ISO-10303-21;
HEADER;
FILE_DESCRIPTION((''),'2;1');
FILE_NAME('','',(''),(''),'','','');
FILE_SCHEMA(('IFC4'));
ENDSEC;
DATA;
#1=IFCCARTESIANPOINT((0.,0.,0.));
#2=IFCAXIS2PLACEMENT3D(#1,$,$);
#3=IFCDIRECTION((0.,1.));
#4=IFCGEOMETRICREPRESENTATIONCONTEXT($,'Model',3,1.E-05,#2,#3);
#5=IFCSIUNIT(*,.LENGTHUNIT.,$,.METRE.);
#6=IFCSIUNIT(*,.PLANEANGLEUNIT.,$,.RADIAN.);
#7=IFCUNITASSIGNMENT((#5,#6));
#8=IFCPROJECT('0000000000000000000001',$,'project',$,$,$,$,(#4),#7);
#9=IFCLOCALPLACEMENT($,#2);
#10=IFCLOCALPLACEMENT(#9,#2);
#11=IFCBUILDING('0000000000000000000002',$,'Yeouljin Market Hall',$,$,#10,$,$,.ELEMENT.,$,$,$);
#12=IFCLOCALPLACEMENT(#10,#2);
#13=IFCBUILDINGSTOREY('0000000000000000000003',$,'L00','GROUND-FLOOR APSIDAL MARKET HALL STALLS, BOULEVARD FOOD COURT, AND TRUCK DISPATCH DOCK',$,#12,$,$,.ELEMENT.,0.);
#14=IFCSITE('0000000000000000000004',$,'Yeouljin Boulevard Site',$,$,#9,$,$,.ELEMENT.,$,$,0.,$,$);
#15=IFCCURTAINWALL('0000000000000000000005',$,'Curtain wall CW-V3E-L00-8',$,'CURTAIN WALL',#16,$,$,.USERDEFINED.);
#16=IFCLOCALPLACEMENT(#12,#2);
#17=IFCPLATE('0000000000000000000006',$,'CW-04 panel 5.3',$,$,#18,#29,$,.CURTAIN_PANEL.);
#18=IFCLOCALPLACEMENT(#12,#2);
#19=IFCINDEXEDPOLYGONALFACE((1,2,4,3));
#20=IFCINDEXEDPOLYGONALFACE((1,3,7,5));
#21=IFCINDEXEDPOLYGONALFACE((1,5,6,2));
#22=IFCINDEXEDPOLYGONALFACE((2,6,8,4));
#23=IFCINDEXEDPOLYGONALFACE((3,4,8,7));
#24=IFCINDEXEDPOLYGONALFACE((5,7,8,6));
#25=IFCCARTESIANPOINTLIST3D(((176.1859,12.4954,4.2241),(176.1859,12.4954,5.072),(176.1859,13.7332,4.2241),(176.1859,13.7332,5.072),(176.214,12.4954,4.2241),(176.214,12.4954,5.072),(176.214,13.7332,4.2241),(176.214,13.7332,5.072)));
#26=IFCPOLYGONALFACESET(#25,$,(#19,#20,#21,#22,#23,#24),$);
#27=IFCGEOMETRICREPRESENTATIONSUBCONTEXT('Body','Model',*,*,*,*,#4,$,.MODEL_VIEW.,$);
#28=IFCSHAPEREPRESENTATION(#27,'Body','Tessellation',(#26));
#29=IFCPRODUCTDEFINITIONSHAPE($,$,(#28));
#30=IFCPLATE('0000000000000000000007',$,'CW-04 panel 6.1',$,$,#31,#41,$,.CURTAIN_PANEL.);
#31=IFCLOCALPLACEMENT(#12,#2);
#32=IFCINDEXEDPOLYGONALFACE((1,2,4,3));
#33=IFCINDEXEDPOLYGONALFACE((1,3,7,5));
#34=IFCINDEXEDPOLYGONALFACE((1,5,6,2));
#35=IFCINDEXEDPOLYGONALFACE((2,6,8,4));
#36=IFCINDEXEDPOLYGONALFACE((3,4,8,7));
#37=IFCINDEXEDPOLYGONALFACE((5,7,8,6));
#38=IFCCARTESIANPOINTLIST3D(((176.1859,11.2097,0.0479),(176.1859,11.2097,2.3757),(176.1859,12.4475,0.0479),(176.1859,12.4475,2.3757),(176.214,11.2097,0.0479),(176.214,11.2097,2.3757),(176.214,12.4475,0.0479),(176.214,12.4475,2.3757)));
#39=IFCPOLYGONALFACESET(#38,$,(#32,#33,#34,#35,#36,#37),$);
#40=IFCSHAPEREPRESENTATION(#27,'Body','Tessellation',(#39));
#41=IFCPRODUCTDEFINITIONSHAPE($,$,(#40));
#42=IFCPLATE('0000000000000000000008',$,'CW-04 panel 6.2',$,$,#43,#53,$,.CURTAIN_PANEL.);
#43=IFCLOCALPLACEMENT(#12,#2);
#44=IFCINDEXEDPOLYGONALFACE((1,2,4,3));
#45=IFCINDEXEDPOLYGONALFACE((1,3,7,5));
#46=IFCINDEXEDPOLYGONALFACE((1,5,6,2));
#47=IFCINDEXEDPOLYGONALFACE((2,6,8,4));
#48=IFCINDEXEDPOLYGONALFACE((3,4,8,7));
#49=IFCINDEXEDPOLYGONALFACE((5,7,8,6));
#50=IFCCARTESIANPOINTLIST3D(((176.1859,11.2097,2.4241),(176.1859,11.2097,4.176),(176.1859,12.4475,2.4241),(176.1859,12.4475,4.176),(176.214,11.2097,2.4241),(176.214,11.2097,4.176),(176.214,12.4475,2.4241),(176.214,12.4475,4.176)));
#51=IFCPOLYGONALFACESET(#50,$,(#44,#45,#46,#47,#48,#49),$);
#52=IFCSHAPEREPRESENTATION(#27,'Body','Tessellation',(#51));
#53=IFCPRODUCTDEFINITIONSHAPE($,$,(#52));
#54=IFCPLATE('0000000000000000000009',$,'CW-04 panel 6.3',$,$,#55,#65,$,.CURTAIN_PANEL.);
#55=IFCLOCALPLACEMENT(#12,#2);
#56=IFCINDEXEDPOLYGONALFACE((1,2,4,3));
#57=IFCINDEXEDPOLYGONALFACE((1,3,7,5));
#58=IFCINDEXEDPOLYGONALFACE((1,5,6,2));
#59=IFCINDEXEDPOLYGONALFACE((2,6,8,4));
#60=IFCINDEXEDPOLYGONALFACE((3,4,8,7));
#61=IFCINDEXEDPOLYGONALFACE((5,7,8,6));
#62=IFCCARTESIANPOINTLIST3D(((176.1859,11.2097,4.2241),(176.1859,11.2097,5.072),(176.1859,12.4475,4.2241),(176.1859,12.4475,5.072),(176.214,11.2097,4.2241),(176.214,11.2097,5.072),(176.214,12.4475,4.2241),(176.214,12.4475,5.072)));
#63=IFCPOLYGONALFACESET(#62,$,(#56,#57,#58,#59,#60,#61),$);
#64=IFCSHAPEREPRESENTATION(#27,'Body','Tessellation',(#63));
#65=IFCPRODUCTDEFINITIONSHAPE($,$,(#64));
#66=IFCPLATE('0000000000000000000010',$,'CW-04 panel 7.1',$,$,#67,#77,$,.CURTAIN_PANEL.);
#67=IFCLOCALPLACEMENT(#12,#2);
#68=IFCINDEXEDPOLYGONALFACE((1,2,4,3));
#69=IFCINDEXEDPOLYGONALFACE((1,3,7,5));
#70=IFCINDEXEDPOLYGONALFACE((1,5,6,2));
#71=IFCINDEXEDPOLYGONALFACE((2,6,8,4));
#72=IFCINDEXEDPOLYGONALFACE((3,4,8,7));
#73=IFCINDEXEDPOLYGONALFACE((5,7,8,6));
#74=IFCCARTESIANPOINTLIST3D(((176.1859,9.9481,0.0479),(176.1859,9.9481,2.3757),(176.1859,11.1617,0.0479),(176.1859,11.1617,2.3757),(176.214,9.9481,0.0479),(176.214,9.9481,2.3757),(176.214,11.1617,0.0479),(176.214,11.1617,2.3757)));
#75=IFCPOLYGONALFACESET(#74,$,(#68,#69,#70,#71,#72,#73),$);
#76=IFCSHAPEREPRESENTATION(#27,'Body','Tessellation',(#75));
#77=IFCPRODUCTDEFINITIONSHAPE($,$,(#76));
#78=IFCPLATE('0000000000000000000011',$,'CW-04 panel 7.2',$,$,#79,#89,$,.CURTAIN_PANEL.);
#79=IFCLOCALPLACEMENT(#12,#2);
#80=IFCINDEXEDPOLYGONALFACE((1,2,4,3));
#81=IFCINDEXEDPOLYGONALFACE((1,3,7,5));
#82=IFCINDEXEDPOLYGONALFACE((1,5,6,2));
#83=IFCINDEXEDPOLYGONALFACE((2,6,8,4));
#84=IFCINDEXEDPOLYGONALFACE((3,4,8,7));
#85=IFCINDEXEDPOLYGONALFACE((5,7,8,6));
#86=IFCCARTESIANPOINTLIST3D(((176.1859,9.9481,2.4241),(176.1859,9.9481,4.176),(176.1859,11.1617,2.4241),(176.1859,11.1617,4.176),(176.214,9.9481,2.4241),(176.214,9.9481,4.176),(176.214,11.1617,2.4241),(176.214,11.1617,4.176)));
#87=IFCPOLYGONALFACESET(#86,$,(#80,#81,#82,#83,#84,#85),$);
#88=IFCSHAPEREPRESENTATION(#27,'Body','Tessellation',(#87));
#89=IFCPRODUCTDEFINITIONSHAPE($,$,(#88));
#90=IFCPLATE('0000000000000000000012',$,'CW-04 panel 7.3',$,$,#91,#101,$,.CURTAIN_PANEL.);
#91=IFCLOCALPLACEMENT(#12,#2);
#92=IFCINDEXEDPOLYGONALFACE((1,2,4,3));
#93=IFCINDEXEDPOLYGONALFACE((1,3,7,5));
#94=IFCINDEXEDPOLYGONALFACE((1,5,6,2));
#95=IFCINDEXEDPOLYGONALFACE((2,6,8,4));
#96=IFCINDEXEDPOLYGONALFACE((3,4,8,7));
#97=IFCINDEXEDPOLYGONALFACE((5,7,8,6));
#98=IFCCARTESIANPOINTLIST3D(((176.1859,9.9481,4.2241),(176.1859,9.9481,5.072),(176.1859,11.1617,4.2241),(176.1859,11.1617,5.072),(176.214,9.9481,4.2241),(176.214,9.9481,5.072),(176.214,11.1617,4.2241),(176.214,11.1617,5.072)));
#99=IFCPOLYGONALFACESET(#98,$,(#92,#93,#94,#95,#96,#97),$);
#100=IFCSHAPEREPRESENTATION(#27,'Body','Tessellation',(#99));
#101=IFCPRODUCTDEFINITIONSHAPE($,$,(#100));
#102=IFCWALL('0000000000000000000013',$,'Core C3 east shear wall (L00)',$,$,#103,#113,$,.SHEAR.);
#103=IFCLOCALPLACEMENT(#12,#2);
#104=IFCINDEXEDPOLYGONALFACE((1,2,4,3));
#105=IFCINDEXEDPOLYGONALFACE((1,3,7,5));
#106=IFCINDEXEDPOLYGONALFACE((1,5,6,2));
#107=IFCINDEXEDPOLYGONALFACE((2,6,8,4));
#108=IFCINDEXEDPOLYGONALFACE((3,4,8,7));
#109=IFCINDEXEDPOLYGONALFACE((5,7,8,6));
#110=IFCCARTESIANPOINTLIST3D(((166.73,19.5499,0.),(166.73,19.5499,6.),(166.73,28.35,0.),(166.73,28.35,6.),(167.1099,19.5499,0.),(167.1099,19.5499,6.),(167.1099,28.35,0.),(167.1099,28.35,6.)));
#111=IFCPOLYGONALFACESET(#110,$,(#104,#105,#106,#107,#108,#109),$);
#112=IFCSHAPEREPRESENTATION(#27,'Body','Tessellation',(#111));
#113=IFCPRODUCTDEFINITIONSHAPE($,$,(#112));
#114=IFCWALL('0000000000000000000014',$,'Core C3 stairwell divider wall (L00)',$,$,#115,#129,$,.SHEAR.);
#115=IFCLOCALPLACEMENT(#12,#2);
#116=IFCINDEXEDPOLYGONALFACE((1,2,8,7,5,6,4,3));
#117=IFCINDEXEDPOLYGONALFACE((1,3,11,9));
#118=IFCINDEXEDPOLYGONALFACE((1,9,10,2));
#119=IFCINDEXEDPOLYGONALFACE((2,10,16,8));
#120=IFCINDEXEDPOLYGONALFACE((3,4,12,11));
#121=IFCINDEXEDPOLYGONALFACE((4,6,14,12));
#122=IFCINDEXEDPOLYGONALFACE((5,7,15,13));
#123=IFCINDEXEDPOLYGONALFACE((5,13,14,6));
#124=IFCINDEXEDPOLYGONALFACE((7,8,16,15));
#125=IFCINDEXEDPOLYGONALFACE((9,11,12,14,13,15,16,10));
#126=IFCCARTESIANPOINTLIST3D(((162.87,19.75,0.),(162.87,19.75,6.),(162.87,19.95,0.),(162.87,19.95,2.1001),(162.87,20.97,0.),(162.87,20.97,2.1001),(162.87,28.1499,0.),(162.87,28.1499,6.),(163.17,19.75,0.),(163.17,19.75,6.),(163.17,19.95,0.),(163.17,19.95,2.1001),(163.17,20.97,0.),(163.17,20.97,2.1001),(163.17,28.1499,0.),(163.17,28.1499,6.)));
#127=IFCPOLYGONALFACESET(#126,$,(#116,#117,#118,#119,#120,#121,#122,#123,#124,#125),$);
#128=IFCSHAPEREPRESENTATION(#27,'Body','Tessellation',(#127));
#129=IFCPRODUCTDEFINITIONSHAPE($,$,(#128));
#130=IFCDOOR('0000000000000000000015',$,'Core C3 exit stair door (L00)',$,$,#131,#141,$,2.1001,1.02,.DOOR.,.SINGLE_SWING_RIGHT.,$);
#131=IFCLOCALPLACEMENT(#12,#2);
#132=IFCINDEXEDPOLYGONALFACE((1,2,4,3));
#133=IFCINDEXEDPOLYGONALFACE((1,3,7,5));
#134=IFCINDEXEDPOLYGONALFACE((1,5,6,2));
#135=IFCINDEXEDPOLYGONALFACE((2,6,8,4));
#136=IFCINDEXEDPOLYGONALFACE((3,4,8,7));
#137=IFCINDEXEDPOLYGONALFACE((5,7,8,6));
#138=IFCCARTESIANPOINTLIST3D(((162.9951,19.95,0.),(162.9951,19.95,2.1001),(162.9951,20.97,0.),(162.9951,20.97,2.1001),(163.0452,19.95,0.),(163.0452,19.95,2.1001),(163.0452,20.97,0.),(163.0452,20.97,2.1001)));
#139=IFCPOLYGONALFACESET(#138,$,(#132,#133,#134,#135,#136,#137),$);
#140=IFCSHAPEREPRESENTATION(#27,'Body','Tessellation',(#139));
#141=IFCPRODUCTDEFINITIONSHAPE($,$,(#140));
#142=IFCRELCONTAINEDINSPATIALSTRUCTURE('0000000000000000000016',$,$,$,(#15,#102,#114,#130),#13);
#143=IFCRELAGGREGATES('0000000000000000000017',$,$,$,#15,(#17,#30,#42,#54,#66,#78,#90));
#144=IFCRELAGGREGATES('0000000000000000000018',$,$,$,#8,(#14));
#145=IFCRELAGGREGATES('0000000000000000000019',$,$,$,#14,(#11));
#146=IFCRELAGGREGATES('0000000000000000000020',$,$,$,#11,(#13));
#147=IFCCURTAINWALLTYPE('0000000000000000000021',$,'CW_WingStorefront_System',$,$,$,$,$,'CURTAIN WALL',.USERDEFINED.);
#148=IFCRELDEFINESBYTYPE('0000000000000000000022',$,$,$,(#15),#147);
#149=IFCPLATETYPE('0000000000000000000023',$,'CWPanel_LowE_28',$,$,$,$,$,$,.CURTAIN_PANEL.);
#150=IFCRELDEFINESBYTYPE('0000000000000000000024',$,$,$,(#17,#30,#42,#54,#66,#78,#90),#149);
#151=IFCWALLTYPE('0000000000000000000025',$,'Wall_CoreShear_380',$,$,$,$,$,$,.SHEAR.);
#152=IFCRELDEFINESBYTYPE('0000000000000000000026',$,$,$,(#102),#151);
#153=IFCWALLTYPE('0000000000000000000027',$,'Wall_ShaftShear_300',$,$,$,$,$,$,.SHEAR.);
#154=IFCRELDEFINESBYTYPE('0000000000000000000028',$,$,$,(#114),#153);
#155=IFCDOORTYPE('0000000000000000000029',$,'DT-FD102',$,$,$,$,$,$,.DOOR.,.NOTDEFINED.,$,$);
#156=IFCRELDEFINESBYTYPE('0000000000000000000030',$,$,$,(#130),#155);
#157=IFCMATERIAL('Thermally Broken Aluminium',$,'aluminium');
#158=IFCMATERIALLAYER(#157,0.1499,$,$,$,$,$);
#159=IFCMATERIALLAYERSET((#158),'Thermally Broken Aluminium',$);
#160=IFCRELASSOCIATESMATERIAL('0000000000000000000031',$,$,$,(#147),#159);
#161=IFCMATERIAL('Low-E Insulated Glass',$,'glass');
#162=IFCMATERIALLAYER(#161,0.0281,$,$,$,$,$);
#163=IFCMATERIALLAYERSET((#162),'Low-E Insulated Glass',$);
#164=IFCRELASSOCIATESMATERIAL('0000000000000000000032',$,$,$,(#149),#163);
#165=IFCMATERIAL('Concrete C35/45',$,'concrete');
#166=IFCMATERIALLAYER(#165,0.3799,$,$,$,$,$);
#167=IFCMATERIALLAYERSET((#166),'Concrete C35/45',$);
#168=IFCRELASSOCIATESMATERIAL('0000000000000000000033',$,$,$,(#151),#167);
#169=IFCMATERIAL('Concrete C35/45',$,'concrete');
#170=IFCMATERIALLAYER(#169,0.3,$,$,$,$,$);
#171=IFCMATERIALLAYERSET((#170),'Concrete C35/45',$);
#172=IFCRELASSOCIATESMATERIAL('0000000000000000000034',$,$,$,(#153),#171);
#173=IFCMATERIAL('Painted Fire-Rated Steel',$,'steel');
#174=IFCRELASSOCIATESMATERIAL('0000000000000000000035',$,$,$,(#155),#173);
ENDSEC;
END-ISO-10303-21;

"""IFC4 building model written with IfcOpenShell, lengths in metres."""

from ifc_helpers import new_model, si_unit, direction, frame, frame_2d, origin, origin_2d, place, context, subcontext, project, spatial, rectangle, extrude, material, layer, layer_set, type_object, element, fill, aggregate, save


model = new_model("IFC4")

# Units and contexts
model_context = context("Model", 3, precision=1e-05, world=origin(), true_north=direction((0.0, 1.0)))
body_context = subcontext(model_context, "Body", "Model", "MODEL_VIEW")
ifc_project = project(units=[si_unit("LENGTHUNIT", "METRE"), si_unit("PLANEANGLEUNIT", "RADIAN")], contexts=[model_context])

# Site, building, storey
site_placement = place(None, origin())
site = spatial("IfcSite", under=ifc_project, at=site_placement, Name="Yeouljin Boulevard Site", CompositionType="ELEMENT", RefElevation=0.0)
building_placement = place(site_placement, origin())
building = spatial("IfcBuilding", under=site, at=building_placement, Name="Yeouljin Market Hall", CompositionType="ELEMENT")
storey_placement = place(building_placement, origin())
storey = spatial("IfcBuildingStorey", under=building, at=storey_placement, Name="L00", Description="GROUND-FLOOR APSIDAL MARKET HALL STALLS, BOULEVARD FOOD COURT, AND TRUCK DISPATCH DOCK", CompositionType="ELEMENT", Elevation=0.0)

# Curtain wall, plates
ifc_material_1 = material(Name="Thermally Broken Aluminium", Category="aluminium")
ifc_layer_1 = layer(ifc_material_1, 0.1499)
ifc_layer_set_1 = layer_set([ifc_layer_1], Name="Thermally Broken Aluminium")
curtain_wall_type = type_object("IfcCurtainWallType", Name="CW_WingStorefront_System", ElementType="CURTAIN WALL", PredefinedType="USERDEFINED", material=ifc_layer_set_1)
curtain_wall_placement = place(storey_placement, origin())
curtain_wall = element("IfcCurtainWall", 1, at=curtain_wall_placement, inside=storey, type_object=curtain_wall_type, Name="Curtain wall CW-V3E-L00-8", ObjectType="CURTAIN WALL", PredefinedType="USERDEFINED")
ifc_material_2 = material(Name="Low-E Insulated Glass", Category="glass")
ifc_layer_2 = layer(ifc_material_2, 0.0281)
ifc_layer_set_2 = layer_set([ifc_layer_2], Name="Low-E Insulated Glass")
plate_type = type_object("IfcPlateType", Name="CWPanel_LowE_28", PredefinedType="CURTAIN_PANEL", material=ifc_layer_set_2)
plate_1_placement = place(storey_placement, frame((176.2, 13.1143, 4.2241), z_axis=(0.0, 0.0, 1.0), x_axis=(0.0, -1.0, 0.0)))
plate_1 = element("IfcPlate", 2, at=plate_1_placement, type_object=plate_type, Name="CW-04 panel 5.3", PredefinedType="CURTAIN_PANEL", context=body_context, shape_type="SweptSolid", body=[
    extrude(rectangle(XDim=1.2378, YDim=0.0281, at=origin_2d()), origin(), (0.0, 0.0, 1.0), 0.8479),
])
plate_2_placement = place(storey_placement, frame((176.2, 11.8286, 0.0479), z_axis=(0.0, 0.0, 1.0), x_axis=(0.0, -1.0, 0.0)))
plate_2 = element("IfcPlate", 3, at=plate_2_placement, type_object=plate_type, Name="CW-04 panel 6.1", PredefinedType="CURTAIN_PANEL", context=body_context, shape_type="SweptSolid", body=[
    extrude(rectangle(XDim=1.2378, YDim=0.0281, at=origin_2d()), origin(), (0.0, 0.0, 1.0), 2.3279),
])
plate_3_placement = place(storey_placement, frame((176.2, 11.8286, 2.4241), z_axis=(0.0, 0.0, 1.0), x_axis=(0.0, -1.0, 0.0)))
plate_3 = element("IfcPlate", 4, at=plate_3_placement, type_object=plate_type, Name="CW-04 panel 6.2", PredefinedType="CURTAIN_PANEL", context=body_context, shape_type="SweptSolid", body=[
    extrude(rectangle(XDim=1.2378, YDim=0.0281, at=origin_2d()), origin(), (0.0, 0.0, 1.0), 1.752),
])
plate_4_placement = place(storey_placement, frame((176.2, 11.8286, 4.2241), z_axis=(0.0, 0.0, 1.0), x_axis=(0.0, -1.0, 0.0)))
plate_4 = element("IfcPlate", 5, at=plate_4_placement, type_object=plate_type, Name="CW-04 panel 6.3", PredefinedType="CURTAIN_PANEL", context=body_context, shape_type="SweptSolid", body=[
    extrude(rectangle(XDim=1.2378, YDim=0.0281, at=origin_2d()), origin(), (0.0, 0.0, 1.0), 0.8479),
])
plate_5_placement = place(storey_placement, frame((176.2, 10.5549, 0.0479), z_axis=(0.0, 0.0, 1.0), x_axis=(0.0, -1.0, 0.0)))
plate_5 = element("IfcPlate", 6, at=plate_5_placement, type_object=plate_type, Name="CW-04 panel 7.1", PredefinedType="CURTAIN_PANEL", context=body_context, shape_type="SweptSolid", body=[
    extrude(rectangle(XDim=1.2136, YDim=0.0281, at=origin_2d()), origin(), (0.0, 0.0, 1.0), 2.3279),
])
plate_6_placement = place(storey_placement, frame((176.2, 10.5549, 2.4241), z_axis=(0.0, 0.0, 1.0), x_axis=(0.0, -1.0, 0.0)))
plate_6 = element("IfcPlate", 7, at=plate_6_placement, type_object=plate_type, Name="CW-04 panel 7.2", PredefinedType="CURTAIN_PANEL", context=body_context, shape_type="SweptSolid", body=[
    extrude(rectangle(XDim=1.2136, YDim=0.0281, at=origin_2d()), origin(), (0.0, 0.0, 1.0), 1.752),
])
plate_7_placement = place(storey_placement, frame((176.2, 10.5549, 4.2241), z_axis=(0.0, 0.0, 1.0), x_axis=(0.0, -1.0, 0.0)))
plate_7 = element("IfcPlate", 8, at=plate_7_placement, type_object=plate_type, Name="CW-04 panel 7.3", PredefinedType="CURTAIN_PANEL", context=body_context, shape_type="SweptSolid", body=[
    extrude(rectangle(XDim=1.2136, YDim=0.0281, at=origin_2d()), origin(), (0.0, 0.0, 1.0), 0.8479),
])
aggregate(curtain_wall, [plate_1, plate_2, plate_3, plate_4, plate_5, plate_6, plate_7])

# Shared definitions
ifc_material_3 = material(Name="Concrete C35/45", Category="concrete")
ifc_layer_3 = layer(ifc_material_3, 0.3799)
ifc_layer_set_3 = layer_set([ifc_layer_3], Name="Concrete C35/45")
wall_type_1 = type_object("IfcWallType", Name="Wall_CoreShear_380", PredefinedType="SHEAR", material=ifc_layer_set_3)

# Wall
wall_1_placement = place(storey_placement, frame((166.9199, 19.55, 0.0), z_axis=(0.0, 0.0, 1.0), x_axis=(0.0, 1.0, 0.0)))
element("IfcWall", 9, at=wall_1_placement, inside=storey, type_object=wall_type_1, Name="Core C3 east shear wall (L00)", PredefinedType="SHEAR", context=body_context, shape_type="SweptSolid", body=[
    extrude(rectangle(XDim=8.8, YDim=0.3799, at=frame_2d((4.3999, 0.0))), origin(), (0.0, 0.0, 1.0), 6.0),
])

# Wall, opening, door
ifc_material_4 = material(Name="Concrete C35/45", Category="concrete")
ifc_layer_4 = layer(ifc_material_4, 0.3)
ifc_layer_set_4 = layer_set([ifc_layer_4], Name="Concrete C35/45")
wall_type_2 = type_object("IfcWallType", Name="Wall_ShaftShear_300", PredefinedType="SHEAR", material=ifc_layer_set_4)
wall_2_placement = place(storey_placement, frame((163.02, 19.75, 0.0), z_axis=(0.0, 0.0, 1.0), x_axis=(0.0, 1.0, 0.0)))
wall_2 = element("IfcWall", 10, at=wall_2_placement, inside=storey, type_object=wall_type_2, Name="Core C3 stairwell divider wall (L00)", PredefinedType="SHEAR", context=body_context, shape_type="SweptSolid", body=[
    extrude(rectangle(XDim=8.3999, YDim=0.3, at=frame_2d((4.2, 0.0))), origin(), (0.0, 0.0, 1.0), 6.0),
])
opening_1_placement = place(wall_2_placement, frame((0.2, 0.0, 0.0)))
opening_1 = element("IfcOpeningElement", 11, at=opening_1_placement, cuts=wall_2, PredefinedType="OPENING", context=body_context, shape_type="SweptSolid", body=[
    extrude(rectangle(XDim=1.02, YDim=2.1001, at=frame_2d((0.51, 1.05))), frame((0.0, 0.1599, 0.0), z_axis=(0.0, -1.0, 0.0), x_axis=(1.0, 0.0, 0.0)), (0.0, 0.0, 1.0), 0.3201),
])
ifc_material_5 = material(Name="Painted Fire-Rated Steel", Category="steel")
door_type_1 = type_object("IfcDoorType", Name="DT-FD102", OperationType="NOTDEFINED", PredefinedType="DOOR", material=ifc_material_5)
door_1_placement = place(opening_1_placement, origin())
door_1 = element("IfcDoor", 12, at=door_1_placement, inside=storey, type_object=door_type_1, Name="Core C3 exit stair door (L00)", OperationType="SINGLE_SWING_RIGHT", OverallHeight=2.1001, OverallWidth=1.02, PredefinedType="DOOR", context=body_context, shape_type="SweptSolid", body=[
    extrude(rectangle(XDim=1.02, YDim=2.1001, at=frame_2d((0.51, 1.05))), frame((0.0, 0.0249, 0.0), z_axis=(0.0, -1.0, 0.0), x_axis=(1.0, 0.0, 0.0)), (0.0, 0.0, 1.0), 0.05),
])
fill(opening_1, door_1)

save(model, "model.ifc")
